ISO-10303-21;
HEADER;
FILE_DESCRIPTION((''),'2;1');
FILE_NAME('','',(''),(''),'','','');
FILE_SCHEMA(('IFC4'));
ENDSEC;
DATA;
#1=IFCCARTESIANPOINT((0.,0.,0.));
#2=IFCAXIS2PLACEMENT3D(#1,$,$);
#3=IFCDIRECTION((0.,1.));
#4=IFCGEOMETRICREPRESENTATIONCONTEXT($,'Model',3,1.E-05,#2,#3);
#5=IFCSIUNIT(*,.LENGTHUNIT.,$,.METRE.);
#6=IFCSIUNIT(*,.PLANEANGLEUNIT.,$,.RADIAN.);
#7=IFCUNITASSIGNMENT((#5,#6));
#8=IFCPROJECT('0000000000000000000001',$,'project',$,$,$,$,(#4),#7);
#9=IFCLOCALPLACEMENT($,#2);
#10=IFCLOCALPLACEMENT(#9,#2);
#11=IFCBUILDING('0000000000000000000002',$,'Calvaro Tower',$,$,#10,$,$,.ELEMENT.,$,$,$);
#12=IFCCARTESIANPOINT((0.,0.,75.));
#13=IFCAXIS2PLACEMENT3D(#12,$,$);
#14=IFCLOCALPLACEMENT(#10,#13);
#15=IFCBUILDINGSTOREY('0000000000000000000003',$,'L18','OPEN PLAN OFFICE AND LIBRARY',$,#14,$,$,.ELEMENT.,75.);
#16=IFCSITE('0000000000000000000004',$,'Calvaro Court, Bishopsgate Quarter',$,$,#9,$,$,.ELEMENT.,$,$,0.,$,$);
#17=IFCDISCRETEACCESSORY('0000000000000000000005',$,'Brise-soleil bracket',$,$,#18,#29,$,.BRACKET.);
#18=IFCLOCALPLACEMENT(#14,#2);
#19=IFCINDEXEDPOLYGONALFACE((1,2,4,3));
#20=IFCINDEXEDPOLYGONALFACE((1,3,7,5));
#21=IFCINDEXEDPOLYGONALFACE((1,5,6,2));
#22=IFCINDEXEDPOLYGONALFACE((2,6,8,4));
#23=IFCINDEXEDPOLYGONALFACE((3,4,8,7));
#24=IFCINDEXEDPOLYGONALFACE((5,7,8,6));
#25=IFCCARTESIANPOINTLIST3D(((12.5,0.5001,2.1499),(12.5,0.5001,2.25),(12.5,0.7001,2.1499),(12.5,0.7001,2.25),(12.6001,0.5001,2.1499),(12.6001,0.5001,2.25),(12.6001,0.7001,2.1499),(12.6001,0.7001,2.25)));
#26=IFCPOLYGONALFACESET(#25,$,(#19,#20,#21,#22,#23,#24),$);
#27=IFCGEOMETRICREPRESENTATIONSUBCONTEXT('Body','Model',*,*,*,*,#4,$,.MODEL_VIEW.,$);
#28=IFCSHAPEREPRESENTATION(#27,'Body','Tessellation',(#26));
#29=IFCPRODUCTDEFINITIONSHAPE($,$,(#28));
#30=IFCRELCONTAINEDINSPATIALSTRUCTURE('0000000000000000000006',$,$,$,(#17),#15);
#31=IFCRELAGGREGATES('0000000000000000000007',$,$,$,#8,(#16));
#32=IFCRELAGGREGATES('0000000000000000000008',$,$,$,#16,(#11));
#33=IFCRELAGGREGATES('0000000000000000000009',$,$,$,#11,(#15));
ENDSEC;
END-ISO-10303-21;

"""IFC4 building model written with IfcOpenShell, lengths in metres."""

from ifc_helpers import new_model, si_unit, direction, frame, origin, origin_2d, place, context, subcontext, project, spatial, rectangle, extrude, element, save


model = new_model("IFC4")

# Units and contexts
model_context = context("Model", 3, precision=1e-05, world=origin(), true_north=direction((0.0, 1.0)))
body_context = subcontext(model_context, "Body", "Model", "MODEL_VIEW")
ifc_project = project(units=[si_unit("LENGTHUNIT", "METRE"), si_unit("PLANEANGLEUNIT", "RADIAN")], contexts=[model_context])

# Site, building, storey
site_placement = place(None, origin())
site = spatial("IfcSite", under=ifc_project, at=site_placement, Name="Calvaro Court, Bishopsgate Quarter", CompositionType="ELEMENT", RefElevation=0.0)
building_placement = place(site_placement, origin())
building = spatial("IfcBuilding", under=site, at=building_placement, Name="Calvaro Tower", CompositionType="ELEMENT")
storey_placement = place(building_placement, frame((0.0, 0.0, 75.0)))
storey = spatial("IfcBuildingStorey", under=building, at=storey_placement, Name="L18", Description="OPEN PLAN OFFICE AND LIBRARY", CompositionType="ELEMENT", Elevation=75.0)

# Discrete accessory
for number, where, z_axis, x_axis, name in (
    (1, (12.55, 0.6001, 2.1499), (0.0, 0.0, 1.0), (1.0, 0.0, 0.0), "Brise-soleil bracket"),
):
    element("IfcDiscreteAccessory", number, at=place(storey_placement, frame(where, z_axis=z_axis, x_axis=x_axis)), inside=storey, Name=name, PredefinedType="BRACKET", context=body_context, shape_type="SweptSolid", body=[
        extrude(rectangle(XDim=0.1001, YDim=0.2, at=origin_2d()), origin(), (0.0, 0.0, 1.0), 0.1001),
    ])

save(model, "model.ifc")
